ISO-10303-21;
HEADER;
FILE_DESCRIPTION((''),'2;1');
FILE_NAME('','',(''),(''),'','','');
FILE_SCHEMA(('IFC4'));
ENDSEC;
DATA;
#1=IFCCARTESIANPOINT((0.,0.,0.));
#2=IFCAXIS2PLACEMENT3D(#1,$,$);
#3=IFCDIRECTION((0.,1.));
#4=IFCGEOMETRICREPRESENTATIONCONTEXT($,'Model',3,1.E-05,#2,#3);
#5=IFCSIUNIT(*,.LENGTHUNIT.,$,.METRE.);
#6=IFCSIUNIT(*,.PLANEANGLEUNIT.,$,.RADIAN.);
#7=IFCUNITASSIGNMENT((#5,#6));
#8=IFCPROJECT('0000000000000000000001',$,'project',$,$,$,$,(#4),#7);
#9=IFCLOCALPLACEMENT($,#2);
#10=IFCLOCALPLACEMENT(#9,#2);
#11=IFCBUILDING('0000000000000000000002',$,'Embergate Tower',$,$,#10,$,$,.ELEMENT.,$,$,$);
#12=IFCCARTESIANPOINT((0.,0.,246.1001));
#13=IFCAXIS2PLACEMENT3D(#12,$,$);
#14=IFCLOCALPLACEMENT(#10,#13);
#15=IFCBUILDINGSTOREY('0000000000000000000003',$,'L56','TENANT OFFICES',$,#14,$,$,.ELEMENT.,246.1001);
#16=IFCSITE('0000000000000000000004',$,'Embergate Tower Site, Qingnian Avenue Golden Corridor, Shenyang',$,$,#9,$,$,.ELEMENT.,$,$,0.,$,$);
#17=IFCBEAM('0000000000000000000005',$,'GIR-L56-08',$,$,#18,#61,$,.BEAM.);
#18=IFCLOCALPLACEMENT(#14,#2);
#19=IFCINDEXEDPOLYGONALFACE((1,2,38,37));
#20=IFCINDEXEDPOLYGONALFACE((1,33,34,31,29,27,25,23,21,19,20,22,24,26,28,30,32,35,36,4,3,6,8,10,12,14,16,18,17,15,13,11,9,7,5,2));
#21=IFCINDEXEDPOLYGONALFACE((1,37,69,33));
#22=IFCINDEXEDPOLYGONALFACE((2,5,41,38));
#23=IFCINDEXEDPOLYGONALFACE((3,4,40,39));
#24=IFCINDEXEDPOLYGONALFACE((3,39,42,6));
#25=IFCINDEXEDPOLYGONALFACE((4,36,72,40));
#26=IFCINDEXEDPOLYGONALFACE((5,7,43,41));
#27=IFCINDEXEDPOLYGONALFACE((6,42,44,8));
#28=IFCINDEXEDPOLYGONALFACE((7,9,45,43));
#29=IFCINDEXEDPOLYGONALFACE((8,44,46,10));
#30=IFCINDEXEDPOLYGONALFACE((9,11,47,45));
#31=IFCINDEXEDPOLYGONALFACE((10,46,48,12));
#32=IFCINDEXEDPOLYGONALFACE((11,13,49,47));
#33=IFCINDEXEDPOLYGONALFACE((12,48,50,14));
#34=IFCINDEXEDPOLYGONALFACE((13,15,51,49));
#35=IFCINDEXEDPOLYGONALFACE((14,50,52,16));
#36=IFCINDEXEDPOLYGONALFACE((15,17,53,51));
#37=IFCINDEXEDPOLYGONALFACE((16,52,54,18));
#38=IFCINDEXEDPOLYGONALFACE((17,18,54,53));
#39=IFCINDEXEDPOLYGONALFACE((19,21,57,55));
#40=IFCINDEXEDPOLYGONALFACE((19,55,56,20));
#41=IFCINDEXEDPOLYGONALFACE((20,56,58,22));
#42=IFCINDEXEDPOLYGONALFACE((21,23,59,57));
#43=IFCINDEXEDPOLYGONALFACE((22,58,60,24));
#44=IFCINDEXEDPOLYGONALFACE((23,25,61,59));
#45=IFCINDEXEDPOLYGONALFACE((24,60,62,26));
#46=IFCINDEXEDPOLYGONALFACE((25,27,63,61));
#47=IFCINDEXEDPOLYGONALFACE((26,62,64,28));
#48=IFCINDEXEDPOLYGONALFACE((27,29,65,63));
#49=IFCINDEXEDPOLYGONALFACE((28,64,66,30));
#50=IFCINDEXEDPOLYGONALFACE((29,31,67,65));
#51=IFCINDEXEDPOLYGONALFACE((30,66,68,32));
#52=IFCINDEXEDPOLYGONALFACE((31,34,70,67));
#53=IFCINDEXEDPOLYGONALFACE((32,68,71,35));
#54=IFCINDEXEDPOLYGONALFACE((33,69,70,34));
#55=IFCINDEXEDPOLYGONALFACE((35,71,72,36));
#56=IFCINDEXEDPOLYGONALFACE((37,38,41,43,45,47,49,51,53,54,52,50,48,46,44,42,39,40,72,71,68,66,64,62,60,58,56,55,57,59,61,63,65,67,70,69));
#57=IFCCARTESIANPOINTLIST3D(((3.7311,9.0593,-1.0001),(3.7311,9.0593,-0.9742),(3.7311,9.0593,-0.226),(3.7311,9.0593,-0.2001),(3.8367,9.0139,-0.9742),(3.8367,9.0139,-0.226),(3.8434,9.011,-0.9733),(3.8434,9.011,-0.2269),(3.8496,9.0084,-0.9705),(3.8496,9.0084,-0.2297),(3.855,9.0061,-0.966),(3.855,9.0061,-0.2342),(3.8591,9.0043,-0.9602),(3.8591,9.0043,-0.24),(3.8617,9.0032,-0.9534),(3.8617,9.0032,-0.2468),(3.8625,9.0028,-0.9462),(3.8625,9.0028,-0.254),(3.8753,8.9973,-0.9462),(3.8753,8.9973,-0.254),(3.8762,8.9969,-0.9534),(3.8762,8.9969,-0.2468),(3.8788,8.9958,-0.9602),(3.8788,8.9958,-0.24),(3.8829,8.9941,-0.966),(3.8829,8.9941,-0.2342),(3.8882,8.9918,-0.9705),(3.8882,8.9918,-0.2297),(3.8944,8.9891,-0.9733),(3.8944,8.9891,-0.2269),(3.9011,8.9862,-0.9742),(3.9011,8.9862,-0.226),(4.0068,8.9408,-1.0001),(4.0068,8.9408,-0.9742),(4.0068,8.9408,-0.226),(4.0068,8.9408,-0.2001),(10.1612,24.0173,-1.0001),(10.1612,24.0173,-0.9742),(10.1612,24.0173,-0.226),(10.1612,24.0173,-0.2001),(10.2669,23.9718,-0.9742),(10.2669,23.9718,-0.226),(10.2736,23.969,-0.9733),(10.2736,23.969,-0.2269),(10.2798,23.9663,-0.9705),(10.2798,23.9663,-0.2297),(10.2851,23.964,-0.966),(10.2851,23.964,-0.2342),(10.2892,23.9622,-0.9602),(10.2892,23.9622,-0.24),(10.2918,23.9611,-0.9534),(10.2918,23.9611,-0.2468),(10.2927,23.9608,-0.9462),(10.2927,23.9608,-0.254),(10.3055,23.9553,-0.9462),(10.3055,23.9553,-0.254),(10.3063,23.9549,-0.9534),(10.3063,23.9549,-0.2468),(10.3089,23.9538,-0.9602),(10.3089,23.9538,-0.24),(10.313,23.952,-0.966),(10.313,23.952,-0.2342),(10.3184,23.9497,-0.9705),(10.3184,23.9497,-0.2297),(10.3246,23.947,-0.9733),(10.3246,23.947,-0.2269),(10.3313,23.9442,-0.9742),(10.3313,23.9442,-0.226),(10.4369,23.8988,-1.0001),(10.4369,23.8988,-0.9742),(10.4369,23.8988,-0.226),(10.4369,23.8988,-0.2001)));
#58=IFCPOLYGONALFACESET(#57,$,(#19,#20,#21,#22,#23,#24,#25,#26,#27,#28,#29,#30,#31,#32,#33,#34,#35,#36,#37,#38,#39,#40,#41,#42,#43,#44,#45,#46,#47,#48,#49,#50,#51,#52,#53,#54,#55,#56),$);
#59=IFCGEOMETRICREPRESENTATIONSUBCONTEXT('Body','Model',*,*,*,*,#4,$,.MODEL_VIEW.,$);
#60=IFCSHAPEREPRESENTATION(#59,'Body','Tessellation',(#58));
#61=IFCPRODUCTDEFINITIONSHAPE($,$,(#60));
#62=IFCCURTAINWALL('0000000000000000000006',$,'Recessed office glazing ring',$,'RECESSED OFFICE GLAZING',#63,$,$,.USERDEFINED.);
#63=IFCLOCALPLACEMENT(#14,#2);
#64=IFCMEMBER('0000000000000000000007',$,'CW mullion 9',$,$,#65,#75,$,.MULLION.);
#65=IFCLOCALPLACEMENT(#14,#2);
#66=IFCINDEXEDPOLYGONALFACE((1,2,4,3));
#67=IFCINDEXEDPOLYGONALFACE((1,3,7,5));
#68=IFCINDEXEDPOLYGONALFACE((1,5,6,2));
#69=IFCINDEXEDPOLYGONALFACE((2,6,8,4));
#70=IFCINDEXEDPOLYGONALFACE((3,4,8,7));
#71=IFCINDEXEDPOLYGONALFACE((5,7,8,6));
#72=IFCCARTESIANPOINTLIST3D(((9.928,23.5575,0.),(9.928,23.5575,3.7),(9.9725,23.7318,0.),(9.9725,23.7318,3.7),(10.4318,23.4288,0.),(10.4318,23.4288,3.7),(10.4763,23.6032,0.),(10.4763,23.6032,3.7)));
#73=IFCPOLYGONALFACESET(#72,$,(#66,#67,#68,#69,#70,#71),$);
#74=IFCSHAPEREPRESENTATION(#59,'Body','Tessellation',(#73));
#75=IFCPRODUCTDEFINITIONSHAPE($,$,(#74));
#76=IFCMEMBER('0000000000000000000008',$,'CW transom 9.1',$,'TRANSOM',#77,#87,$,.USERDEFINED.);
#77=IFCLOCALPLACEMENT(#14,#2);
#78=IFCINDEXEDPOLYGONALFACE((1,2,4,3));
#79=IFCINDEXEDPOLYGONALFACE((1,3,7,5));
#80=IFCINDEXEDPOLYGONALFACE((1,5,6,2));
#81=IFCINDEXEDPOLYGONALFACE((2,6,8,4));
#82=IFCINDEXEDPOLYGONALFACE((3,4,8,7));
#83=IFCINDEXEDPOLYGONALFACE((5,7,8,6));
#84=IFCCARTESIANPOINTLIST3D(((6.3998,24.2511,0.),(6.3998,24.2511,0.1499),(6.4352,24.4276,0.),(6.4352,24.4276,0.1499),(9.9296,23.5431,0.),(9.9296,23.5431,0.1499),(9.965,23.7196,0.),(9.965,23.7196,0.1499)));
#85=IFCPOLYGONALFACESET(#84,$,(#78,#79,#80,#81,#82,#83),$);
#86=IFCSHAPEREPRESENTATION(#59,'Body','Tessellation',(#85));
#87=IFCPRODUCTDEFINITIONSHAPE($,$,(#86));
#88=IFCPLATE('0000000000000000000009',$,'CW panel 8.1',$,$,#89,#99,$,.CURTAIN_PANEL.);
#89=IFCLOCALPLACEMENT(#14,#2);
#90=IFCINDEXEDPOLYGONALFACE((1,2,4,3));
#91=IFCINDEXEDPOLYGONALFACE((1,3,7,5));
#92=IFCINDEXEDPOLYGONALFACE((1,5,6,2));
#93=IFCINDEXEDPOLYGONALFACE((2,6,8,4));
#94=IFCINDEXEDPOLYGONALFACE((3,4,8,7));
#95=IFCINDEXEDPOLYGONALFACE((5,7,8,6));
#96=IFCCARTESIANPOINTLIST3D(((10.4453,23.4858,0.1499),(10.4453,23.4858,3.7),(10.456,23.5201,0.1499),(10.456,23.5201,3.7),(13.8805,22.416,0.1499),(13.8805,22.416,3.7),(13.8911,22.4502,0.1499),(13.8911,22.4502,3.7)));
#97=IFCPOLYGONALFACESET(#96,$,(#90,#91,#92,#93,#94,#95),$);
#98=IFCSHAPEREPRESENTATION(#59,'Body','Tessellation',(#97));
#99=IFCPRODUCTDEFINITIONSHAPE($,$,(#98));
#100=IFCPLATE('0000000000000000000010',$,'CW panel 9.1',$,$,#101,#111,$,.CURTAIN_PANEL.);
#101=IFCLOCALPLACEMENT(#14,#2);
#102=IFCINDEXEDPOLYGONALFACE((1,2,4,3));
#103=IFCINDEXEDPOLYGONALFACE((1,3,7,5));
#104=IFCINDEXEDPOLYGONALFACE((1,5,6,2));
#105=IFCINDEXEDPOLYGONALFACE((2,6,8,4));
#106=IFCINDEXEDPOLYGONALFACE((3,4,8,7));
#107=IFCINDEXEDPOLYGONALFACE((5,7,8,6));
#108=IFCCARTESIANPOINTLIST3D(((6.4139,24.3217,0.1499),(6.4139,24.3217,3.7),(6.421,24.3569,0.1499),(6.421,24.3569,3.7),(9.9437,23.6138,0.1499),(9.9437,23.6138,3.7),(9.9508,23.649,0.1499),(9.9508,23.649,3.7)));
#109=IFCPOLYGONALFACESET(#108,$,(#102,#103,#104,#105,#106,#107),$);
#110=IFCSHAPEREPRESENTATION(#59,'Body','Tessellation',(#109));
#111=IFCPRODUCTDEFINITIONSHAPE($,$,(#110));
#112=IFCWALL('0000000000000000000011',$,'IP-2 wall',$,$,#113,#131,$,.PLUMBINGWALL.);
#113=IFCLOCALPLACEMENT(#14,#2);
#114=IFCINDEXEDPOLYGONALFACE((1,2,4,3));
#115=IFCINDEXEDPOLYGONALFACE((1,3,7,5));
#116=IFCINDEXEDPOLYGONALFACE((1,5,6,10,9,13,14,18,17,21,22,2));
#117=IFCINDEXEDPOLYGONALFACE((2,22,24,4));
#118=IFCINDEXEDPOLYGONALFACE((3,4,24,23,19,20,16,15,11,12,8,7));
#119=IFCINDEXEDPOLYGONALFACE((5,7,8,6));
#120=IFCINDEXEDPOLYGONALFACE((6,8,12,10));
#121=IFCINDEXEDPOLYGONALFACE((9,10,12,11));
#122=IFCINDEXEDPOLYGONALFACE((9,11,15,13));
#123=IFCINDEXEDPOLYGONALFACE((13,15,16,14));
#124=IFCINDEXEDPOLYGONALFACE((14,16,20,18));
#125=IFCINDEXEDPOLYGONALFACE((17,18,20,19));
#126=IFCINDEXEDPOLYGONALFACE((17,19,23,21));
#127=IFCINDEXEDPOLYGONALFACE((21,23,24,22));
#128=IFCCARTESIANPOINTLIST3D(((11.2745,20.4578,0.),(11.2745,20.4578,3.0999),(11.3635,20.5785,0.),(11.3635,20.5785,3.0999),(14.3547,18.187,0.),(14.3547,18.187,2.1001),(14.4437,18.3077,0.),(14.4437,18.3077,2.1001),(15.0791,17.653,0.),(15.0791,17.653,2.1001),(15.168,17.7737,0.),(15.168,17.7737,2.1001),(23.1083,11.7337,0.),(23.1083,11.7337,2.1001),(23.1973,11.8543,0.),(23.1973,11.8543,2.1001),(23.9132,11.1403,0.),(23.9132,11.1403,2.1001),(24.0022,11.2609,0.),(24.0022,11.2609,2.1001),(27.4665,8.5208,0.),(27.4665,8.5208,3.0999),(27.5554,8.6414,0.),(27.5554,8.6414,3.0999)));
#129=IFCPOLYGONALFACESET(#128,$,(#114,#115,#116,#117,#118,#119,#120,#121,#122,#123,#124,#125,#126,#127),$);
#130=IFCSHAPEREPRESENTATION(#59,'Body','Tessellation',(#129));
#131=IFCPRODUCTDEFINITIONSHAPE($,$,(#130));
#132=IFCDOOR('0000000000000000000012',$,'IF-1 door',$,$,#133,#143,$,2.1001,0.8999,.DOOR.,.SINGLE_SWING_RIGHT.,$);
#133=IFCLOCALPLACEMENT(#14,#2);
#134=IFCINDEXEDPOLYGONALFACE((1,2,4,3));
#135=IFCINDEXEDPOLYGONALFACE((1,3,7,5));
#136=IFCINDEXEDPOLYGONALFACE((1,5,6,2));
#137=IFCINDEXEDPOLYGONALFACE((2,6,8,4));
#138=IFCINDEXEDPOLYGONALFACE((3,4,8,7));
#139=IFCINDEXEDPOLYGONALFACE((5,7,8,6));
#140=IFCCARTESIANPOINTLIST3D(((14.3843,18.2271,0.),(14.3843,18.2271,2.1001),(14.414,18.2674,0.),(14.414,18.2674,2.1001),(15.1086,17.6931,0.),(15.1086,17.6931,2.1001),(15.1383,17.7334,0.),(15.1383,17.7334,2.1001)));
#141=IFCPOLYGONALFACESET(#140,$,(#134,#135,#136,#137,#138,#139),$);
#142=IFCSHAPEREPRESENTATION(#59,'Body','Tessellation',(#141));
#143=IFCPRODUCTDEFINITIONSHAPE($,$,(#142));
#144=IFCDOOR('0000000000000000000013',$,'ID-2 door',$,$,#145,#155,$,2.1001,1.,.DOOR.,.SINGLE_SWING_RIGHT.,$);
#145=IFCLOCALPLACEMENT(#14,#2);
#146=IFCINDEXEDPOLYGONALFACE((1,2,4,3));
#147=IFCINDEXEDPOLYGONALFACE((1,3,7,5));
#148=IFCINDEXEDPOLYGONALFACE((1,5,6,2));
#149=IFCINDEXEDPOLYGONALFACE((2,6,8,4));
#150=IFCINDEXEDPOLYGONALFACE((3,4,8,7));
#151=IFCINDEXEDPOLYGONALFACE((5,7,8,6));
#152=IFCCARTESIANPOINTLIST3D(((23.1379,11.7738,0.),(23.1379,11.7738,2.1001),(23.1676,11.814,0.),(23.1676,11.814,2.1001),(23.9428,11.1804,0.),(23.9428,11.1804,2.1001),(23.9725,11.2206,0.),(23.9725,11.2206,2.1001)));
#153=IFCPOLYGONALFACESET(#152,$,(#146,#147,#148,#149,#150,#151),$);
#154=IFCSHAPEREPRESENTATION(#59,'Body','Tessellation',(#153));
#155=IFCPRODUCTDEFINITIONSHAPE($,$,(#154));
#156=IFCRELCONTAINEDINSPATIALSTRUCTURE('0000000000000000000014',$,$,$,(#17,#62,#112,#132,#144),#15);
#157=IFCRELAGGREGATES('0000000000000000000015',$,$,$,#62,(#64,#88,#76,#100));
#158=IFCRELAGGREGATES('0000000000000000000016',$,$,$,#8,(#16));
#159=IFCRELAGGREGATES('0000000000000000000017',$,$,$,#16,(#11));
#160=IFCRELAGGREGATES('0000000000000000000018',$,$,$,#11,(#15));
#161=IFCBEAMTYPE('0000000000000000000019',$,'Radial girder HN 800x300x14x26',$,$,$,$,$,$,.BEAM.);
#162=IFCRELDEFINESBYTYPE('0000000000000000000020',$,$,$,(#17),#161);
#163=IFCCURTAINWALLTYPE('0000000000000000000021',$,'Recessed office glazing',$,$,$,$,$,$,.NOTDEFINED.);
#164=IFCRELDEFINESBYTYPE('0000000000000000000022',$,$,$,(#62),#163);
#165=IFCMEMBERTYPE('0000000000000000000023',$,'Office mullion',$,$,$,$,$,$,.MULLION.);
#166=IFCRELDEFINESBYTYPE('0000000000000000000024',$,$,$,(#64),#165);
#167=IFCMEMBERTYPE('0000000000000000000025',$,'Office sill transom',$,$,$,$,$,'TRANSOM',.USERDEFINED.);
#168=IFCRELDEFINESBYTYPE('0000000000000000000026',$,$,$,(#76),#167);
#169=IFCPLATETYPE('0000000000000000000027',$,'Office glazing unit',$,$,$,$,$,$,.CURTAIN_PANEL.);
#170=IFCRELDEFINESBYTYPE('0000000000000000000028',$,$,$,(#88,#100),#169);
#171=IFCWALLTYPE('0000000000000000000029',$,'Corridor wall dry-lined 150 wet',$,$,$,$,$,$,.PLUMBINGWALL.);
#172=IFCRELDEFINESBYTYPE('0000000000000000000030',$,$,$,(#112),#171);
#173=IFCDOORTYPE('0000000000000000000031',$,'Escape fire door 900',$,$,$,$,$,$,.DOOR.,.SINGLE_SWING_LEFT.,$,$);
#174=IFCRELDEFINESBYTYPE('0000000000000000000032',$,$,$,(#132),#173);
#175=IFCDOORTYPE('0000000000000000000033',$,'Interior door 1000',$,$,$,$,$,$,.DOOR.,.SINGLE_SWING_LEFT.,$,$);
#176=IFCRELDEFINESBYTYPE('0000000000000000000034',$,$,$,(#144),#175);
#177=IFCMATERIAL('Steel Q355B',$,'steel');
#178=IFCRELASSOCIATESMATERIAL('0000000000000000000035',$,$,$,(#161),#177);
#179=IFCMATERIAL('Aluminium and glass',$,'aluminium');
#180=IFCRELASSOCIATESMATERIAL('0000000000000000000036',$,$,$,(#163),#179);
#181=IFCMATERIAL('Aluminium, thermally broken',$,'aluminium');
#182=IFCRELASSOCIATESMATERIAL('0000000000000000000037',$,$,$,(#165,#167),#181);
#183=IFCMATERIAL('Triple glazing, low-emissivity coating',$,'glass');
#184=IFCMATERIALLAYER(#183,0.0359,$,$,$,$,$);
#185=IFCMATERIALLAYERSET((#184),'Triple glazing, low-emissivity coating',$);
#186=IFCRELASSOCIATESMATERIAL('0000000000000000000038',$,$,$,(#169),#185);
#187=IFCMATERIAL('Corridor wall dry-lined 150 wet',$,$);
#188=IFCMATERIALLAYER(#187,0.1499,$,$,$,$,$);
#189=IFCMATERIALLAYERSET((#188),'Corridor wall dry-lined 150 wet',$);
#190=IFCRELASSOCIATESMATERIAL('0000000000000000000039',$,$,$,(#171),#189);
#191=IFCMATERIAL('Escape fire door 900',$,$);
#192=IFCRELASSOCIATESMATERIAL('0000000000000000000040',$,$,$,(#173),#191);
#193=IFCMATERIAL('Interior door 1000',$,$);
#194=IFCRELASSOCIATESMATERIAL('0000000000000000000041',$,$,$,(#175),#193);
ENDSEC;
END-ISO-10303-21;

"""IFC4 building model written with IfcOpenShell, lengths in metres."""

from ifc_helpers import new_model, si_unit, direction, frame, frame_2d, origin, origin_2d, place, context, subcontext, project, spatial, rectangle, i_section, extrude, source, transform, mapped, material, layer, layer_set, material_profile, profile_set, type_object, element, fill, aggregate, save


model = new_model("IFC4")

# Units and contexts
model_context = context("Model", 3, precision=1e-05, world=origin(), true_north=direction((0.0, 1.0)))
body_context = subcontext(model_context, "Body", "Model", "MODEL_VIEW")
ifc_project = project(units=[si_unit("LENGTHUNIT", "METRE"), si_unit("PLANEANGLEUNIT", "RADIAN")], contexts=[model_context])

# Site, building, storey
site_placement = place(None, origin())
site = spatial("IfcSite", under=ifc_project, at=site_placement, Name="Embergate Tower Site, Qingnian Avenue Golden Corridor, Shenyang", CompositionType="ELEMENT", RefElevation=0.0)
building_placement = place(site_placement, origin())
building = spatial("IfcBuilding", under=site, at=building_placement, Name="Embergate Tower", CompositionType="ELEMENT")
storey_placement = place(building_placement, frame((0.0, 0.0, 246.1001)))
storey = spatial("IfcBuildingStorey", under=building, at=storey_placement, Name="L56", Description="TENANT OFFICES", CompositionType="ELEMENT", Elevation=246.1001)

# Beam
ifc_material_1 = material(Name="Steel Q355B", Category="steel")
ifc_material_profile_1 = material_profile(ifc_material_1, i_section(OverallWidth=0.3, OverallDepth=0.8, WebThickness=0.0139, FlangeThickness=0.0259, FilletRadius=0.0281, at=origin_2d()), Name="HN 800x300x14x26")
ifc_profile_set_1 = profile_set([ifc_material_profile_1], Name="Steel Q355 grade B")
beam_type = type_object("IfcBeamType", Name="Radial girder HN 800x300x14x26", PredefinedType="BEAM", material=ifc_profile_set_1)
shared_shape_1 = source(origin(), body_context, "Body", "SweptSolid", [
    extrude(i_section(OverallWidth=0.3, OverallDepth=0.8, WebThickness=0.0139, FlangeThickness=0.0259, FilletRadius=0.0281, at=origin_2d()), origin(), (0.0, 0.0, 1.0), 16.2815),
])
beam_placement = place(storey_placement, frame((10.2991, 23.958, -0.6001), z_axis=(-0.394936, -0.918709, 0.0), x_axis=(0.918709, -0.394936, 0.0)))
element("IfcBeam", 1, at=beam_placement, inside=storey, type_object=beam_type, Name="GIR-L56-08", PredefinedType="BEAM", context=body_context, shape_type="MappedRepresentation", body=[
    mapped(shared_shape_1, transform((0.0, 0.0, 0.0))),
])

# Curtain wall, members, plates
ifc_material_2 = material(Name="Aluminium and glass", Category="aluminium")
curtain_wall_type = type_object("IfcCurtainWallType", Name="Recessed office glazing", PredefinedType="NOTDEFINED", material=ifc_material_2)
curtain_wall_placement = place(storey_placement, origin())
curtain_wall = element("IfcCurtainWall", 2, at=curtain_wall_placement, inside=storey, type_object=curtain_wall_type, Name="Recessed office glazing ring", ObjectType="RECESSED OFFICE GLAZING", PredefinedType="USERDEFINED")
ifc_material_3 = material(Name="Aluminium, thermally broken", Category="aluminium")
ifc_material_profile_2 = material_profile(ifc_material_3, rectangle(XDim=0.1799, YDim=0.52, at=origin_2d()), Name="AL 520x180")
ifc_profile_set_2 = profile_set([ifc_material_profile_2], Name="Aluminium, thermally broken")
member_type_1 = type_object("IfcMemberType", Name="Office mullion", PredefinedType="MULLION", material=ifc_profile_set_2)
shared_shape_2 = source(origin(), body_context, "Body", "SweptSolid", [
    extrude(rectangle(XDim=0.1799, YDim=0.52, at=origin_2d()), origin(), (0.0, 0.0, 1.0), 3.7),
])
member_1_placement = place(storey_placement, frame((10.2021, 23.5803, 0.0), z_axis=(0.0, 0.0, 1.0), x_axis=(-0.247312, -0.968936, 0.0)))
member_1 = element("IfcMember", 3, at=member_1_placement, type_object=member_type_1, Name="CW mullion 9", PredefinedType="MULLION", context=body_context, shape_type="MappedRepresentation", body=[
    mapped(shared_shape_2, transform((0.0, 0.0, 0.0))),
])
ifc_material_profile_3 = material_profile(ifc_material_3, rectangle(XDim=0.1799, YDim=0.1499, at=origin_2d()), Name="AL 150x180")
ifc_profile_set_3 = profile_set([ifc_material_profile_3], Name="Aluminium, thermally broken")
member_type_2 = type_object("IfcMemberType", Name="Office sill transom", ElementType="TRANSOM", PredefinedType="USERDEFINED", material=ifc_profile_set_3)
shared_shape_3 = source(origin(), body_context, "Body", "SweptSolid", [
    extrude(rectangle(XDim=0.1799, YDim=0.1499, at=origin_2d()), origin(), (0.0, 0.0, 1.0), 3.6001),
])
member_2_placement = place(storey_placement, frame((9.9473, 23.6313, 0.075), z_axis=(-0.980471, 0.196664, 0.0), x_axis=(-0.196664, -0.980471, 0.0)))
member_2 = element("IfcMember", 4, at=member_2_placement, type_object=member_type_2, Name="CW transom 9.1", ObjectType="TRANSOM", PredefinedType="USERDEFINED", context=body_context, shape_type="MappedRepresentation", body=[
    mapped(shared_shape_3, transform((0.0, 0.0, 0.0))),
])
ifc_material_4 = material(Name="Triple glazing, low-emissivity coating", Category="glass")
ifc_layer_1 = layer(ifc_material_4, 0.0359)
ifc_layer_set_1 = layer_set([ifc_layer_1], Name="Triple glazing, low-emissivity coating")
plate_type = type_object("IfcPlateType", Name="Office glazing unit", PredefinedType="CURTAIN_PANEL", material=ifc_layer_set_1)
shared_shape_4 = source(origin(), body_context, "Body", "SweptSolid", [
    extrude(rectangle(XDim=3.5979, YDim=0.0359, at=origin_2d()), origin(), (0.0, 0.0, 1.0), 3.55),
])
plate_1_placement = place(storey_placement, frame((12.1682, 22.968, 0.1499), z_axis=(0.0, 0.0, 1.0), x_axis=(-0.954771, 0.297342, 0.0)))
plate_1 = element("IfcPlate", 5, at=plate_1_placement, type_object=plate_type, Name="CW panel 8.1", PredefinedType="CURTAIN_PANEL", context=body_context, shape_type="MappedRepresentation", body=[
    mapped(shared_shape_4, transform((0.0, 0.0, 0.0))),
])
shared_shape_5 = source(origin(), body_context, "Body", "SweptSolid", [
    extrude(rectangle(XDim=3.6001, YDim=0.0359, at=origin_2d()), origin(), (0.0, 0.0, 1.0), 3.55),
])
plate_2_placement = place(storey_placement, frame((8.1824, 23.9854, 0.1499), z_axis=(0.0, 0.0, 1.0), x_axis=(-0.980476, 0.196641, 0.0)))
plate_2 = element("IfcPlate", 6, at=plate_2_placement, type_object=plate_type, Name="CW panel 9.1", PredefinedType="CURTAIN_PANEL", context=body_context, shape_type="MappedRepresentation", body=[
    mapped(shared_shape_5, transform((0.0, 0.0, 0.0))),
])
aggregate(curtain_wall, [member_1, plate_1, member_2, plate_2])

# Wall, openings, doors
ifc_material_5 = material(Name="Corridor wall dry-lined 150 wet")
ifc_layer_2 = layer(ifc_material_5, 0.1499)
ifc_layer_set_2 = layer_set([ifc_layer_2], Name="Corridor wall dry-lined 150 wet")
wall_type_1 = type_object("IfcWallType", Name="Corridor wall dry-lined 150 wet", PredefinedType="PLUMBINGWALL", material=ifc_layer_set_2)
shared_shape_6 = source(origin(), body_context, "Body", "SweptSolid", [
    extrude(rectangle(XDim=20.1165, YDim=0.1499, at=frame_2d((10.0581, 0.0))), origin(), (0.0, 0.0, 1.0), 3.0999),
])
wall_1_placement = place(storey_placement, frame((11.3191, 20.5181, 0.0), z_axis=(0.0, 0.0, 1.0), x_axis=(0.80491, -0.593397, 0.0)))
wall_1 = element("IfcWall", 7, at=wall_1_placement, inside=storey, type_object=wall_type_1, Name="IP-2 wall", PredefinedType="PLUMBINGWALL", context=body_context, shape_type="MappedRepresentation", body=[
    mapped(shared_shape_6, transform((0.0, 0.0, 0.0))),
])
shared_shape_7 = source(origin(), body_context, "Body", "SweptSolid", [
    extrude(rectangle(XDim=1.0, YDim=2.1001, at=frame_2d((0.5, 1.05))), frame((0.0, 0.085, 0.0), z_axis=(0.0, -1.0, 0.0), x_axis=(1.0, 0.0, 0.0)), (0.0, 0.0, 1.0), 0.1699),
])
opening_1_placement = place(wall_1_placement, frame((14.7019, 0.0, 0.0)))
opening_1 = element("IfcOpeningElement", 8, at=opening_1_placement, cuts=wall_1, PredefinedType="OPENING", context=body_context, shape_type="MappedRepresentation", body=[
    mapped(shared_shape_7, transform((0.0, 0.0, 0.0))),
])
shared_shape_8 = source(origin(), body_context, "Body", "SweptSolid", [
    extrude(rectangle(XDim=0.8999, YDim=2.1001, at=frame_2d((0.45, 1.05))), frame((0.0, 0.085, 0.0), z_axis=(0.0, -1.0, 0.0), x_axis=(1.0, 0.0, 0.0)), (0.0, 0.0, 1.0), 0.1699),
])
opening_2_placement = place(wall_1_placement, frame((3.8267, 0.0, 0.0)))
opening_2 = element("IfcOpeningElement", 9, at=opening_2_placement, cuts=wall_1, PredefinedType="OPENING", context=body_context, shape_type="MappedRepresentation", body=[
    mapped(shared_shape_8, transform((0.0, 0.0, 0.0))),
])
ifc_material_6 = material(Name="Escape fire door 900")
door_type_1 = type_object("IfcDoorType", Name="Escape fire door 900", OperationType="SINGLE_SWING_LEFT", PredefinedType="DOOR", material=ifc_material_6)
shared_shape_9 = source(origin(), body_context, "Body", "SweptSolid", [
    extrude(rectangle(XDim=0.8999, YDim=2.1001, at=frame_2d((0.45, 1.05))), frame((0.0, 0.0249, 0.0), z_axis=(0.0, -1.0, 0.0), x_axis=(1.0, 0.0, 0.0)), (0.0, 0.0, 1.0), 0.05),
])
door_1_placement = place(opening_2_placement, origin())
door_1 = element("IfcDoor", 10, at=door_1_placement, inside=storey, type_object=door_type_1, Name="IF-1 door", OperationType="SINGLE_SWING_RIGHT", OverallHeight=2.1001, OverallWidth=0.8999, PredefinedType="DOOR", context=body_context, shape_type="MappedRepresentation", body=[
    mapped(shared_shape_9, transform((0.0, 0.0, 0.0))),
])
fill(opening_2, door_1)
ifc_material_7 = material(Name="Interior door 1000")
door_type_2 = type_object("IfcDoorType", Name="Interior door 1000", OperationType="SINGLE_SWING_LEFT", PredefinedType="DOOR", material=ifc_material_7)
shared_shape_10 = source(origin(), body_context, "Body", "SweptSolid", [
    extrude(rectangle(XDim=1.0, YDim=2.1001, at=frame_2d((0.5, 1.05))), frame((0.0, 0.0249, 0.0), z_axis=(0.0, -1.0, 0.0), x_axis=(1.0, 0.0, 0.0)), (0.0, 0.0, 1.0), 0.05),
])
door_2_placement = place(opening_1_placement, origin())
door_2 = element("IfcDoor", 11, at=door_2_placement, inside=storey, type_object=door_type_2, Name="ID-2 door", OperationType="SINGLE_SWING_RIGHT", OverallHeight=2.1001, OverallWidth=1.0, PredefinedType="DOOR", context=body_context, shape_type="MappedRepresentation", body=[
    mapped(shared_shape_10, transform((0.0, 0.0, 0.0))),
])
fill(opening_1, door_2)

save(model, "model.ifc")
